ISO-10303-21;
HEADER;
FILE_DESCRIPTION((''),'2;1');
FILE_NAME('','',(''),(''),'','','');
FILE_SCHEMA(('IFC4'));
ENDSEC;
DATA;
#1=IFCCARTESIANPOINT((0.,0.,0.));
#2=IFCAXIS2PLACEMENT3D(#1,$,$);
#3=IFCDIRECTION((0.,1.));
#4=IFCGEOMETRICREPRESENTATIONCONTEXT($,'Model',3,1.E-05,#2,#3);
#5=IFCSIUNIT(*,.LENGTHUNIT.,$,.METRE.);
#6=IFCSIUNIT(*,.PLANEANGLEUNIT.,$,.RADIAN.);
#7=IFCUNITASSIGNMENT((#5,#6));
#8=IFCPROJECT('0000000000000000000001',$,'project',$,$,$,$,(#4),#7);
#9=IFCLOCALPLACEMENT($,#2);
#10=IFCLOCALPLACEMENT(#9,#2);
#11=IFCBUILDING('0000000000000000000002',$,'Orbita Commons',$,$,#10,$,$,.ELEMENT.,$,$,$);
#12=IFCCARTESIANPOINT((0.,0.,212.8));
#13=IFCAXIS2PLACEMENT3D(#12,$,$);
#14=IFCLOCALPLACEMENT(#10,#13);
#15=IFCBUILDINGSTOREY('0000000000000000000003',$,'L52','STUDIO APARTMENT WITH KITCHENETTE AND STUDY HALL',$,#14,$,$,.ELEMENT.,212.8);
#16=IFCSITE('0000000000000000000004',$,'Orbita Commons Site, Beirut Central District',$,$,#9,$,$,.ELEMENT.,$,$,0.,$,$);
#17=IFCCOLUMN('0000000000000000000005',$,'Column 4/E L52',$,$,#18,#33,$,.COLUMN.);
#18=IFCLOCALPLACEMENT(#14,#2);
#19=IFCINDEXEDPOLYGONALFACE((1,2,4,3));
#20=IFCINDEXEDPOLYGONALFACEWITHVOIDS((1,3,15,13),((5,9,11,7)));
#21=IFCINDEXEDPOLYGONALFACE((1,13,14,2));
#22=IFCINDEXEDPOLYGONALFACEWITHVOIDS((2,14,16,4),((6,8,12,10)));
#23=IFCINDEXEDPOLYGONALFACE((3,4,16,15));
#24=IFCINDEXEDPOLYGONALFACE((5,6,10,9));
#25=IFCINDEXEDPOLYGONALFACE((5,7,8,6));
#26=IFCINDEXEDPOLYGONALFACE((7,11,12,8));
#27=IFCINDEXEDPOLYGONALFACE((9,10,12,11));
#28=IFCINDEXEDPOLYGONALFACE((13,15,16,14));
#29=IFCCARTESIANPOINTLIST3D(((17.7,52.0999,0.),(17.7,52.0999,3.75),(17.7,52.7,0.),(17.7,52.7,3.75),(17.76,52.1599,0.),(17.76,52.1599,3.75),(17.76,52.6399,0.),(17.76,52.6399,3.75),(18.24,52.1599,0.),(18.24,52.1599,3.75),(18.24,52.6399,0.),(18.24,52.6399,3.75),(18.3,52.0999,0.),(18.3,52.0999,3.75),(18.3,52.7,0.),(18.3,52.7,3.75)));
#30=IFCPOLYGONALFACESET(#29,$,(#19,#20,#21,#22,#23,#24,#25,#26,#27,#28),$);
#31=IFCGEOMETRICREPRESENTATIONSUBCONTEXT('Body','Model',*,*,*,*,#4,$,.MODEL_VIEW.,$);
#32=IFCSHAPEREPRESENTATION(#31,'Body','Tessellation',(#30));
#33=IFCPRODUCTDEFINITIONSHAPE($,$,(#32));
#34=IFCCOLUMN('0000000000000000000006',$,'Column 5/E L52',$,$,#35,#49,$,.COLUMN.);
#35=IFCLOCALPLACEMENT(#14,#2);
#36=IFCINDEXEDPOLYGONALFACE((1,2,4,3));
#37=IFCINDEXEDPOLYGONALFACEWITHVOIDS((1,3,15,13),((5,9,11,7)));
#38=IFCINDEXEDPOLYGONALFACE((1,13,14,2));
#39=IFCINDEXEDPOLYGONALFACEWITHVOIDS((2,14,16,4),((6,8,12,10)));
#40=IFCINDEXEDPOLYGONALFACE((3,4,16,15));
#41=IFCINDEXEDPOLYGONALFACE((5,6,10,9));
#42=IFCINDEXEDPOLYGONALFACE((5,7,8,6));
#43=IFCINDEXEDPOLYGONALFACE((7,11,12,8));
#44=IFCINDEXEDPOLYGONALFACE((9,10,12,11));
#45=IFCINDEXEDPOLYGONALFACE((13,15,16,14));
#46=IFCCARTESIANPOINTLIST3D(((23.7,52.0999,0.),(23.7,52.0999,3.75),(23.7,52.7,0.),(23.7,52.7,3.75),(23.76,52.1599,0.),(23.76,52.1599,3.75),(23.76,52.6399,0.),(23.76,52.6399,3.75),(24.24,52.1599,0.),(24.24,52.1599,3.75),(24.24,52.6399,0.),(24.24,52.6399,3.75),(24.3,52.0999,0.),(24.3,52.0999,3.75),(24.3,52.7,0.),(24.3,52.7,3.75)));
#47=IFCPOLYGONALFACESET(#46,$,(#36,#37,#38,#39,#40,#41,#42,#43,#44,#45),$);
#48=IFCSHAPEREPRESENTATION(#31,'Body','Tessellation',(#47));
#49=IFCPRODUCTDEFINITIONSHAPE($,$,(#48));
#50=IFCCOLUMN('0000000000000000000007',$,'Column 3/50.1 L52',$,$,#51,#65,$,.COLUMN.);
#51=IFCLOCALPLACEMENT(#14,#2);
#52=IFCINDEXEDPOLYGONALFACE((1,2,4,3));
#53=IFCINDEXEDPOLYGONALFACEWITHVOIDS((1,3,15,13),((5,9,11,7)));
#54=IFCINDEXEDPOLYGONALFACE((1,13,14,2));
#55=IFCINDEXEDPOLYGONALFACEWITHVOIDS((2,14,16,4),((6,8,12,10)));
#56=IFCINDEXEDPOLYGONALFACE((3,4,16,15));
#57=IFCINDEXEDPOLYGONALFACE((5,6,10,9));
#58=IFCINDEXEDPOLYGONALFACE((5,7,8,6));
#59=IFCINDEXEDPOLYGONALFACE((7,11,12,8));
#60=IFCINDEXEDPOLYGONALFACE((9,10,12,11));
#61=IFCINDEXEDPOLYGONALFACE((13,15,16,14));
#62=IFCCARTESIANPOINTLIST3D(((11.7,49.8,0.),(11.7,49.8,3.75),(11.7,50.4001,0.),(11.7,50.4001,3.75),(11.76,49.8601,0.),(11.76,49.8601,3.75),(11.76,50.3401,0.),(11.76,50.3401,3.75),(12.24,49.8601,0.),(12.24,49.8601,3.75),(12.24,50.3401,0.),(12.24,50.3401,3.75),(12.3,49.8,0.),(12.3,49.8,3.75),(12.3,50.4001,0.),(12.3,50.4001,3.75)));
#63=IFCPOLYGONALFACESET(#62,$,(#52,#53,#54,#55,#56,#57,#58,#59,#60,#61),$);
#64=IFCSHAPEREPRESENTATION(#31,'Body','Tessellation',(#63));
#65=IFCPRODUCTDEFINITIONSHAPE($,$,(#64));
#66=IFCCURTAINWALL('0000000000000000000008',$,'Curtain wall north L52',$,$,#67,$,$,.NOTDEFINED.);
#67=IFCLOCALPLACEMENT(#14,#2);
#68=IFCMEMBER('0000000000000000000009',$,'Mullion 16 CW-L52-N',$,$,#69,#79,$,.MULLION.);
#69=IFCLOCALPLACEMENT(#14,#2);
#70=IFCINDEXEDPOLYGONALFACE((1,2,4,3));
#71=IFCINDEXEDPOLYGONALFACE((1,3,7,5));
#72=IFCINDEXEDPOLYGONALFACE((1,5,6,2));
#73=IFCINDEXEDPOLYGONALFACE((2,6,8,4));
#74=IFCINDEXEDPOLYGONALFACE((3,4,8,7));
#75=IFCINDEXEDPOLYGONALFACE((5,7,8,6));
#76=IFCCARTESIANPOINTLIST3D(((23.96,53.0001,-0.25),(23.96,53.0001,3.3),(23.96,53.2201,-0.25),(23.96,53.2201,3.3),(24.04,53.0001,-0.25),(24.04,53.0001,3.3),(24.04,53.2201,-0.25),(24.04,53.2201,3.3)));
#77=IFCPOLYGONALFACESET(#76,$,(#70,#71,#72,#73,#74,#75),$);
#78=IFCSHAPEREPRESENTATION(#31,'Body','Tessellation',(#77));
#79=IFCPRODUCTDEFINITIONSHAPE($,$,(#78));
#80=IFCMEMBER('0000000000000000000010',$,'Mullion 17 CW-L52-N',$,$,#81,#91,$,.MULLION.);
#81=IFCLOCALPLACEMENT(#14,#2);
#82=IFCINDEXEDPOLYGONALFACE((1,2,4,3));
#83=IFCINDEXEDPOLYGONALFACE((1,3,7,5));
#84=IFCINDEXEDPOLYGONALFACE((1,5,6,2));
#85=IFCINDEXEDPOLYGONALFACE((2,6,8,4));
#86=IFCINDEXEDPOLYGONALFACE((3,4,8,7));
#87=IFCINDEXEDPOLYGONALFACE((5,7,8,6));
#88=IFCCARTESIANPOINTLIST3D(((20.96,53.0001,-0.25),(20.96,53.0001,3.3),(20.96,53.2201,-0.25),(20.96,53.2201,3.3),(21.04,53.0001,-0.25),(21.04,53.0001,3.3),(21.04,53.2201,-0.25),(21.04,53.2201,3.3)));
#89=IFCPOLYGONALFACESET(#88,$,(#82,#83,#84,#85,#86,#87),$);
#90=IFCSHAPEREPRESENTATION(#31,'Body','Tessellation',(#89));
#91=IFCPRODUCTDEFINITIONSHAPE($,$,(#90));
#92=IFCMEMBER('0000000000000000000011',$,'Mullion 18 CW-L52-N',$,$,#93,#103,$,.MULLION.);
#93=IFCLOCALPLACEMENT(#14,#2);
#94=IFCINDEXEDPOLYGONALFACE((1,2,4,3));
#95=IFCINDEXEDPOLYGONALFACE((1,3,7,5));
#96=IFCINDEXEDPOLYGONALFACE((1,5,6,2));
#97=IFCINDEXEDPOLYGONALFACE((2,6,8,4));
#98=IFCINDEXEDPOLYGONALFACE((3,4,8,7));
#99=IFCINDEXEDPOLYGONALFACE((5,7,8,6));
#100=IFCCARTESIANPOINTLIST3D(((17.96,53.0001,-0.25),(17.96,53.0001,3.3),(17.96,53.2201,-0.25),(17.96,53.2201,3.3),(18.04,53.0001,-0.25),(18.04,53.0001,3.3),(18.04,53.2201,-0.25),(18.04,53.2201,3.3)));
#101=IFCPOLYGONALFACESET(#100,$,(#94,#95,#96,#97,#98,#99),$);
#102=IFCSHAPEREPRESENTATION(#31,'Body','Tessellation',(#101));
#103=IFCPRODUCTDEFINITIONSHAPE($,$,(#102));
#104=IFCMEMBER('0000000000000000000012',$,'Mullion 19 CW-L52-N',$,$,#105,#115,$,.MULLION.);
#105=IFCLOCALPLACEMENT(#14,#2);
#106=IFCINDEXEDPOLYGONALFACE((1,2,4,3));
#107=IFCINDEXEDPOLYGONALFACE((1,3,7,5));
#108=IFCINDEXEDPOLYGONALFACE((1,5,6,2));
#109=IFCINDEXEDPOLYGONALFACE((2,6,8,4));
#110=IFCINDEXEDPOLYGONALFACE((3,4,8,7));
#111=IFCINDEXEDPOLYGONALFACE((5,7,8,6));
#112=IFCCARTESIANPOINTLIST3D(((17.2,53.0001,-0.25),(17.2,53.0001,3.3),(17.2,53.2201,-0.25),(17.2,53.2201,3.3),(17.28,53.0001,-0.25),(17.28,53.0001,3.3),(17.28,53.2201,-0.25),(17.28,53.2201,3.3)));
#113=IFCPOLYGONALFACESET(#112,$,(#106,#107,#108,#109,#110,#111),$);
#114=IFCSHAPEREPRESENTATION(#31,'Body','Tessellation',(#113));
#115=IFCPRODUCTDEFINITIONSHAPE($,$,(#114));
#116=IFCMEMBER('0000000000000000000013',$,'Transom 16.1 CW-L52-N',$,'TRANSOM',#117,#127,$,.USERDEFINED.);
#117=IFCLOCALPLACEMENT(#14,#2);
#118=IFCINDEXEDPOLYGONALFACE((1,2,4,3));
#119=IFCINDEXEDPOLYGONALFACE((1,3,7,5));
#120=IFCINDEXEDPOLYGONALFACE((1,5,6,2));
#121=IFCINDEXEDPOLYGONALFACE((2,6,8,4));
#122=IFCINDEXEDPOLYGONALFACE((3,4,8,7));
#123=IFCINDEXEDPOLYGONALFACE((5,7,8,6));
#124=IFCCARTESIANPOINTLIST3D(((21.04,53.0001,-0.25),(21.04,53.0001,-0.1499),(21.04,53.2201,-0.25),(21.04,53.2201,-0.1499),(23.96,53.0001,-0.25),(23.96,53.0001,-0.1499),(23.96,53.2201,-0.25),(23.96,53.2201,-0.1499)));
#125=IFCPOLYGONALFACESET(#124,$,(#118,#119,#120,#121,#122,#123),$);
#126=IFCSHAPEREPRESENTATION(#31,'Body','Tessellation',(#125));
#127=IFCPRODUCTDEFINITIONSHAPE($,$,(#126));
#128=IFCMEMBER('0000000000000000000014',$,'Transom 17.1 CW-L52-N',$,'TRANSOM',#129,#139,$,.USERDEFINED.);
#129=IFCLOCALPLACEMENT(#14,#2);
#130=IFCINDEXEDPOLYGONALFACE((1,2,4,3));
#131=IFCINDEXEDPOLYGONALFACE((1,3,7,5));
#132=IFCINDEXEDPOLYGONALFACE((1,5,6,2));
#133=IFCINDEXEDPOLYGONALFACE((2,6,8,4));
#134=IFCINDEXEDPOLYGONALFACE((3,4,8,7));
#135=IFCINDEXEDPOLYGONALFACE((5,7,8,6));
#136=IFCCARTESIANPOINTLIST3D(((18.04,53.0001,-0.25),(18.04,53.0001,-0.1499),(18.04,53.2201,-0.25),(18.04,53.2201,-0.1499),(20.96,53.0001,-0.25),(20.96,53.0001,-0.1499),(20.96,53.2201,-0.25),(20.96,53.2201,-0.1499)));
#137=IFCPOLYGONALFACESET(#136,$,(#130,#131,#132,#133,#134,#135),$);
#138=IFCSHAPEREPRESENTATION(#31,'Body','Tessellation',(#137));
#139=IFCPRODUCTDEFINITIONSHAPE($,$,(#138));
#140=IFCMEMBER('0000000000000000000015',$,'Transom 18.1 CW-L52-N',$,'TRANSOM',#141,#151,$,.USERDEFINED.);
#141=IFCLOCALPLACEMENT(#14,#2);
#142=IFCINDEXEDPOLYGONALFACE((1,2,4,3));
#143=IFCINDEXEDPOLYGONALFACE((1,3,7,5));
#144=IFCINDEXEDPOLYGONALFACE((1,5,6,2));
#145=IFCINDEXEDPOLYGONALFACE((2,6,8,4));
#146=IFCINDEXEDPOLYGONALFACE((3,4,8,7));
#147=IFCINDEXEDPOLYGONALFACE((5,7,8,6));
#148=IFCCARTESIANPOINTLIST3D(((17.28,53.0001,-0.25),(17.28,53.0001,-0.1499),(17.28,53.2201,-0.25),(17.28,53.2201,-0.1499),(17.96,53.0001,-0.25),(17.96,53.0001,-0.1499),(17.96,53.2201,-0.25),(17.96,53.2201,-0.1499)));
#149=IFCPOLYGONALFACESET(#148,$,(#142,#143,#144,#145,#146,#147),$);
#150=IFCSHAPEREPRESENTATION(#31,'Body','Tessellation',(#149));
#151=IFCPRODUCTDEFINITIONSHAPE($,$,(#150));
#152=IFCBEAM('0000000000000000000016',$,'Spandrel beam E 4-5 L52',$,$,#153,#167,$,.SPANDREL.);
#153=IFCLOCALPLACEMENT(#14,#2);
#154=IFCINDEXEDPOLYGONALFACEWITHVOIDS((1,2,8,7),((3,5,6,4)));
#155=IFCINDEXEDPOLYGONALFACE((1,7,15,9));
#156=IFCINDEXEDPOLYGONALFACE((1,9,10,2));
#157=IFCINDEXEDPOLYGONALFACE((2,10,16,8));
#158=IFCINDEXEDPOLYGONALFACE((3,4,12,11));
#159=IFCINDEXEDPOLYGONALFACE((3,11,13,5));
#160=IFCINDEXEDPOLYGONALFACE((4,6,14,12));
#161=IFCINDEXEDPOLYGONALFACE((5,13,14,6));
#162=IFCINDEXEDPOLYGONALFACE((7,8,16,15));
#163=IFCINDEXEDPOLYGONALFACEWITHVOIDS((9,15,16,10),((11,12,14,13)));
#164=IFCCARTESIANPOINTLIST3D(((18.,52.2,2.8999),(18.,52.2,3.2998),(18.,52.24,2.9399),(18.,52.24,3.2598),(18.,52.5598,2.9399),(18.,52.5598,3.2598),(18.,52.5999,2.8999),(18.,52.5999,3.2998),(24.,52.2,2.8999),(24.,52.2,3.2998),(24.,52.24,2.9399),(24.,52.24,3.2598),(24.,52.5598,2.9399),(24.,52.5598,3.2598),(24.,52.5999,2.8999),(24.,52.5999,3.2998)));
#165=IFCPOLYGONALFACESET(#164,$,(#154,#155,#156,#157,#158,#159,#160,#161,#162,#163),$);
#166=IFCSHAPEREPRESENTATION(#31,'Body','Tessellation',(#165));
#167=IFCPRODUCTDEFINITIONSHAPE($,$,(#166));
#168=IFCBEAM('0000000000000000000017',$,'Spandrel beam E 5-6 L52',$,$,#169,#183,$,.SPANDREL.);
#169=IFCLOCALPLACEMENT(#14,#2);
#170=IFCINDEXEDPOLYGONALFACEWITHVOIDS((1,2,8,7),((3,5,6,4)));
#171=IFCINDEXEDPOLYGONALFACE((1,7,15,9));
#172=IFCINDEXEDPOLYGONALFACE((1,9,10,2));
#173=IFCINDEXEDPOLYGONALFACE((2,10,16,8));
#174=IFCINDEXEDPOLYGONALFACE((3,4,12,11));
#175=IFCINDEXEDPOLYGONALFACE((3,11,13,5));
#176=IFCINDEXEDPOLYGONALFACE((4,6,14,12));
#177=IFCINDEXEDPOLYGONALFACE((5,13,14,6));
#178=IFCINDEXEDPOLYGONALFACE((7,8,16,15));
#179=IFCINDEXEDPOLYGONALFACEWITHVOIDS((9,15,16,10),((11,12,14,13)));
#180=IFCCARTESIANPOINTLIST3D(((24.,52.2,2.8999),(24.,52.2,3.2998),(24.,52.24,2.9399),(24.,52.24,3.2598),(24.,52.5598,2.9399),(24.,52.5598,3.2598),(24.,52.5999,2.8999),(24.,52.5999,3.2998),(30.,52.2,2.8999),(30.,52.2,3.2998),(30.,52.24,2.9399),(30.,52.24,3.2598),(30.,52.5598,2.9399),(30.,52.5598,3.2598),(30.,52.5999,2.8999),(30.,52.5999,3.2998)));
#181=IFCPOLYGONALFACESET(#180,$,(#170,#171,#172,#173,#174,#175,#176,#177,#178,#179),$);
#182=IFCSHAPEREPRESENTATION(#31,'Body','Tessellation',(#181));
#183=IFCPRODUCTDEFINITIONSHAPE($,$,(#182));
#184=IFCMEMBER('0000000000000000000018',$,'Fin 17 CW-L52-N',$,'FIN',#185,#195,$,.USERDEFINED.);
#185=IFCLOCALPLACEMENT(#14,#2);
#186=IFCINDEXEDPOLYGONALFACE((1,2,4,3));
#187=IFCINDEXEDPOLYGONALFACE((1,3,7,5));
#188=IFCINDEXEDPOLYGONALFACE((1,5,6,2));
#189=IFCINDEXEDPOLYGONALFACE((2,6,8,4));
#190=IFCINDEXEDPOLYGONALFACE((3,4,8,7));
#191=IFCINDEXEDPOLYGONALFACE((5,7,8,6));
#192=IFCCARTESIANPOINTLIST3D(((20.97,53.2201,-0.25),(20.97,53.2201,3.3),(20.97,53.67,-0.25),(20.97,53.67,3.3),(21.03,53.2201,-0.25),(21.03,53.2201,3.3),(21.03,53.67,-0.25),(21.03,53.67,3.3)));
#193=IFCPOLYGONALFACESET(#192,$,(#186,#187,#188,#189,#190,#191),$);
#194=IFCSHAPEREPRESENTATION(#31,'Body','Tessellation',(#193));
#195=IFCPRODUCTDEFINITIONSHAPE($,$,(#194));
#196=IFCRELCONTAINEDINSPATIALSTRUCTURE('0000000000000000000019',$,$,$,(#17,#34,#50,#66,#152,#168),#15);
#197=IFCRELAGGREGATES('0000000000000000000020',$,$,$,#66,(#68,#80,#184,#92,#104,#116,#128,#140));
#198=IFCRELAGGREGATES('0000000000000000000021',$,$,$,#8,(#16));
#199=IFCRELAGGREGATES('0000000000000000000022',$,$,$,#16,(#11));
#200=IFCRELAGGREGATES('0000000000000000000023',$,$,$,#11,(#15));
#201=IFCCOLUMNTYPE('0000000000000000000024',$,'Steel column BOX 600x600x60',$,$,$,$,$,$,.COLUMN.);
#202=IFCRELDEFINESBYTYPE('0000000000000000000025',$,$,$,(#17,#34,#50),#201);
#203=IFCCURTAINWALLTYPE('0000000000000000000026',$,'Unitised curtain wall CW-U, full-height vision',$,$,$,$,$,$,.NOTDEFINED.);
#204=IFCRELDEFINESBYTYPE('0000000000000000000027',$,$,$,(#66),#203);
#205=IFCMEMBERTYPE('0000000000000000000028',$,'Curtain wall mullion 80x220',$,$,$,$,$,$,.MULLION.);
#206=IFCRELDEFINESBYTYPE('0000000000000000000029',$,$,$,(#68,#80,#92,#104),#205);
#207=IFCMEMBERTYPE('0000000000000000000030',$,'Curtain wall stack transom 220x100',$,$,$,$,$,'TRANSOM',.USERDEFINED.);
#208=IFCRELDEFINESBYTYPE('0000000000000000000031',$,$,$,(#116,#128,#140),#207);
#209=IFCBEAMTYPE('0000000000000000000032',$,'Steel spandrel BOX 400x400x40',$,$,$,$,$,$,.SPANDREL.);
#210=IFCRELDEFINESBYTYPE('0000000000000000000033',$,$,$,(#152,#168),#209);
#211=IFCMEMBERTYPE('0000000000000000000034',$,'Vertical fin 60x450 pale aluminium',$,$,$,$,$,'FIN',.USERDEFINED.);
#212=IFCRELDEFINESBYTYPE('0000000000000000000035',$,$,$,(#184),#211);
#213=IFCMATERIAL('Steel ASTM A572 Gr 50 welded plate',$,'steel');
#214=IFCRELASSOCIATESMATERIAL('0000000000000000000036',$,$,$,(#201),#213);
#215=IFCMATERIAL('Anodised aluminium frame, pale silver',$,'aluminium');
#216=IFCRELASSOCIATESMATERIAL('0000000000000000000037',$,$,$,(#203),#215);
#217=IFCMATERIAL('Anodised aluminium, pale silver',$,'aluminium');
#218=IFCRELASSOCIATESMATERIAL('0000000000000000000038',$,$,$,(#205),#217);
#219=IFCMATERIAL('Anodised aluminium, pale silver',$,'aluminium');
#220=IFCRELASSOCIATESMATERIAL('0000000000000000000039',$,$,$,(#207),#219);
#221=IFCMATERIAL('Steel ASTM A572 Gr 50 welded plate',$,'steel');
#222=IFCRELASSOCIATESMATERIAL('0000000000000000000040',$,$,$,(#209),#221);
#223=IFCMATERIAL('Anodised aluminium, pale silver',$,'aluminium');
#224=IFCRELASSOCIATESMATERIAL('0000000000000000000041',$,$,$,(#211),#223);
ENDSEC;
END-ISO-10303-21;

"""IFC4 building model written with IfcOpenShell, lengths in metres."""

from ifc_helpers import new_model, si_unit, direction, frame, origin, origin_2d, place, context, subcontext, project, spatial, rectangle, hollow_rectangle, extrude, material, material_profile, profile_set, type_object, element, aggregate, save


model = new_model("IFC4")

# Units and contexts
model_context = context("Model", 3, precision=1e-05, world=origin(), true_north=direction((0.0, 1.0)))
body_context = subcontext(model_context, "Body", "Model", "MODEL_VIEW")
ifc_project = project(units=[si_unit("LENGTHUNIT", "METRE"), si_unit("PLANEANGLEUNIT", "RADIAN")], contexts=[model_context])

# Site, building, storey
site_placement = place(None, origin())
site = spatial("IfcSite", under=ifc_project, at=site_placement, Name="Orbita Commons Site, Beirut Central District", CompositionType="ELEMENT", RefElevation=0.0)
building_placement = place(site_placement, origin())
building = spatial("IfcBuilding", under=site, at=building_placement, Name="Orbita Commons", CompositionType="ELEMENT")
storey_placement = place(building_placement, frame((0.0, 0.0, 212.8)))
storey = spatial("IfcBuildingStorey", under=building, at=storey_placement, Name="L52", Description="STUDIO APARTMENT WITH KITCHENETTE AND STUDY HALL", CompositionType="ELEMENT", Elevation=212.8)

# Columns
ifc_material_1 = material(Name="Steel ASTM A572 Gr 50 welded plate", Category="steel")
ifc_material_profile_1 = material_profile(ifc_material_1, hollow_rectangle(XDim=0.6001, YDim=0.6001, WallThickness=0.0601, at=origin_2d()), Name="BOX 600x600x60")
ifc_profile_set_1 = profile_set([ifc_material_profile_1], Name="Steel ASTM A572 Gr 50 welded plate")
column_type = type_object("IfcColumnType", Name="Steel column BOX 600x600x60", PredefinedType="COLUMN", material=ifc_profile_set_1)
for number, where, z_axis, x_axis, name in (
    (1, (18.0, 52.3999, 0.0), (0.0, 0.0, 1.0), (1.0, 0.0, 0.0), "Column 4/E L52"),
    (2, (24.0, 52.3999, 0.0), (0.0, 0.0, 1.0), (1.0, 0.0, 0.0), "Column 5/E L52"),
    (3, (12.0, 50.1001, 0.0), (0.0, 0.0, 1.0), (1.0, 0.0, 0.0), "Column 3/50.1 L52"),
):
    element("IfcColumn", number, at=place(storey_placement, frame(where, z_axis=z_axis, x_axis=x_axis)), inside=storey, type_object=column_type, Name=name, PredefinedType="COLUMN", context=body_context, shape_type="SweptSolid", body=[
        extrude(hollow_rectangle(XDim=0.6001, YDim=0.6001, WallThickness=0.0601, at=origin_2d()), origin(), (0.0, 0.0, 1.0), 3.75),
    ])

# Curtain wall, members
ifc_material_2 = material(Name="Anodised aluminium frame, pale silver", Category="aluminium")
curtain_wall_type = type_object("IfcCurtainWallType", Name="Unitised curtain wall CW-U, full-height vision", PredefinedType="NOTDEFINED", material=ifc_material_2)
curtain_wall_placement = place(storey_placement, origin())
curtain_wall = element("IfcCurtainWall", 4, at=curtain_wall_placement, inside=storey, type_object=curtain_wall_type, Name="Curtain wall north L52", PredefinedType="NOTDEFINED")
ifc_material_3 = material(Name="Anodised aluminium, pale silver", Category="aluminium")
ifc_material_profile_2 = material_profile(ifc_material_3, rectangle(XDim=0.0801, YDim=0.22, at=origin_2d()), Name="AL 80x220")
ifc_profile_set_2 = profile_set([ifc_material_profile_2], Name="Anodised aluminium, pale silver")
member_type_1 = type_object("IfcMemberType", Name="Curtain wall mullion 80x220", PredefinedType="MULLION", material=ifc_profile_set_2)
member_1_placement = place(storey_placement, frame((24.0, 53.1101, -0.25), z_axis=(0.0, 0.0, 1.0), x_axis=(-1.0, 0.0, 0.0)))
member_1 = element("IfcMember", 5, at=member_1_placement, type_object=member_type_1, Name="Mullion 16 CW-L52-N", PredefinedType="MULLION", context=body_context, shape_type="SweptSolid", body=[
    extrude(rectangle(XDim=0.0801, YDim=0.22, at=origin_2d()), origin(), (0.0, 0.0, 1.0), 3.55),
])
member_2_placement = place(storey_placement, frame((21.0, 53.1101, -0.25), z_axis=(0.0, 0.0, 1.0), x_axis=(-1.0, 0.0, 0.0)))
member_2 = element("IfcMember", 6, at=member_2_placement, type_object=member_type_1, Name="Mullion 17 CW-L52-N", PredefinedType="MULLION", context=body_context, shape_type="SweptSolid", body=[
    extrude(rectangle(XDim=0.0801, YDim=0.22, at=origin_2d()), origin(), (0.0, 0.0, 1.0), 3.55),
])
member_3_placement = place(storey_placement, frame((18.0, 53.1101, -0.25), z_axis=(0.0, 0.0, 1.0), x_axis=(-1.0, 0.0, 0.0)))
member_3 = element("IfcMember", 7, at=member_3_placement, type_object=member_type_1, Name="Mullion 18 CW-L52-N", PredefinedType="MULLION", context=body_context, shape_type="SweptSolid", body=[
    extrude(rectangle(XDim=0.0801, YDim=0.22, at=origin_2d()), origin(), (0.0, 0.0, 1.0), 3.55),
])
member_4_placement = place(storey_placement, frame((17.24, 53.1101, -0.25), z_axis=(0.0, 0.0, 1.0), x_axis=(-1.0, 0.0, 0.0)))
member_4 = element("IfcMember", 8, at=member_4_placement, type_object=member_type_1, Name="Mullion 19 CW-L52-N", PredefinedType="MULLION", context=body_context, shape_type="SweptSolid", body=[
    extrude(rectangle(XDim=0.0801, YDim=0.22, at=origin_2d()), origin(), (0.0, 0.0, 1.0), 3.55),
])
ifc_material_4 = material(Name="Anodised aluminium, pale silver", Category="aluminium")
ifc_material_profile_3 = material_profile(ifc_material_4, rectangle(XDim=0.22, YDim=0.1001, at=origin_2d()), Name="AL 220x100")
ifc_profile_set_3 = profile_set([ifc_material_profile_3], Name="Anodised aluminium, pale silver")
member_type_2 = type_object("IfcMemberType", Name="Curtain wall stack transom 220x100", ElementType="TRANSOM", PredefinedType="USERDEFINED", material=ifc_profile_set_3)
member_5_placement = place(storey_placement, frame((23.96, 53.1101, -0.2), z_axis=(-1.0, 0.0, 0.0), x_axis=(0.0, -1.0, 0.0)))
member_5 = element("IfcMember", 9, at=member_5_placement, type_object=member_type_2, Name="Transom 16.1 CW-L52-N", ObjectType="TRANSOM", PredefinedType="USERDEFINED", context=body_context, shape_type="SweptSolid", body=[
    extrude(rectangle(XDim=0.22, YDim=0.1001, at=origin_2d()), origin(), (0.0, 0.0, 1.0), 2.9199),
])
member_6_placement = place(storey_placement, frame((20.96, 53.1101, -0.2), z_axis=(-1.0, 0.0, 0.0), x_axis=(0.0, -1.0, 0.0)))
member_6 = element("IfcMember", 10, at=member_6_placement, type_object=member_type_2, Name="Transom 17.1 CW-L52-N", ObjectType="TRANSOM", PredefinedType="USERDEFINED", context=body_context, shape_type="SweptSolid", body=[
    extrude(rectangle(XDim=0.22, YDim=0.1001, at=origin_2d()), origin(), (0.0, 0.0, 1.0), 2.9199),
])
member_7_placement = place(storey_placement, frame((17.96, 53.1101, -0.2), z_axis=(-1.0, 0.0, 0.0), x_axis=(0.0, -1.0, 0.0)))
member_7 = element("IfcMember", 11, at=member_7_placement, type_object=member_type_2, Name="Transom 18.1 CW-L52-N", ObjectType="TRANSOM", PredefinedType="USERDEFINED", context=body_context, shape_type="SweptSolid", body=[
    extrude(rectangle(XDim=0.22, YDim=0.1001, at=origin_2d()), origin(), (0.0, 0.0, 1.0), 0.6799),
])

# Beams
ifc_material_5 = material(Name="Steel ASTM A572 Gr 50 welded plate", Category="steel")
ifc_material_profile_4 = material_profile(ifc_material_5, hollow_rectangle(XDim=0.3999, YDim=0.3999, WallThickness=0.04, at=origin_2d()), Name="BOX 400x400x40")
ifc_profile_set_4 = profile_set([ifc_material_profile_4], Name="Steel ASTM A572 Gr 50 welded plate")
beam_type = type_object("IfcBeamType", Name="Steel spandrel BOX 400x400x40", PredefinedType="SPANDREL", material=ifc_profile_set_4)
for number, where, z_axis, x_axis, name in (
    (12, (18.0, 52.3999, 3.0999), (1.0, 0.0, 0.0), (0.0, 1.0, 0.0), "Spandrel beam E 4-5 L52"),
    (13, (24.0, 52.3999, 3.0999), (1.0, 0.0, 0.0), (0.0, 1.0, 0.0), "Spandrel beam E 5-6 L52"),
):
    element("IfcBeam", number, at=place(storey_placement, frame(where, z_axis=z_axis, x_axis=x_axis)), inside=storey, type_object=beam_type, Name=name, PredefinedType="SPANDREL", context=body_context, shape_type="SweptSolid", body=[
        extrude(hollow_rectangle(XDim=0.3999, YDim=0.3999, WallThickness=0.04, at=origin_2d()), origin(), (0.0, 0.0, 1.0), 6.0),
    ])

# Member
ifc_material_6 = material(Name="Anodised aluminium, pale silver", Category="aluminium")
ifc_material_profile_5 = material_profile(ifc_material_6, rectangle(XDim=0.0601, YDim=0.45, at=origin_2d()), Name="FIN 60x450")
ifc_profile_set_5 = profile_set([ifc_material_profile_5], Name="Anodised aluminium, pale silver")
member_type_3 = type_object("IfcMemberType", Name="Vertical fin 60x450 pale aluminium", ElementType="FIN", PredefinedType="USERDEFINED", material=ifc_profile_set_5)
member_8_placement = place(storey_placement, frame((21.0, 53.4451, -0.25), z_axis=(0.0, 0.0, 1.0), x_axis=(-1.0, 0.0, 0.0)))
member_8 = element("IfcMember", 14, at=member_8_placement, type_object=member_type_3, Name="Fin 17 CW-L52-N", ObjectType="FIN", PredefinedType="USERDEFINED", context=body_context, shape_type="SweptSolid", body=[
    extrude(rectangle(XDim=0.0601, YDim=0.45, at=origin_2d()), origin(), (0.0, 0.0, 1.0), 3.55),
])

aggregate(curtain_wall, [member_1, member_2, member_8, member_3, member_4, member_5, member_6, member_7])

save(model, "model.ifc")
